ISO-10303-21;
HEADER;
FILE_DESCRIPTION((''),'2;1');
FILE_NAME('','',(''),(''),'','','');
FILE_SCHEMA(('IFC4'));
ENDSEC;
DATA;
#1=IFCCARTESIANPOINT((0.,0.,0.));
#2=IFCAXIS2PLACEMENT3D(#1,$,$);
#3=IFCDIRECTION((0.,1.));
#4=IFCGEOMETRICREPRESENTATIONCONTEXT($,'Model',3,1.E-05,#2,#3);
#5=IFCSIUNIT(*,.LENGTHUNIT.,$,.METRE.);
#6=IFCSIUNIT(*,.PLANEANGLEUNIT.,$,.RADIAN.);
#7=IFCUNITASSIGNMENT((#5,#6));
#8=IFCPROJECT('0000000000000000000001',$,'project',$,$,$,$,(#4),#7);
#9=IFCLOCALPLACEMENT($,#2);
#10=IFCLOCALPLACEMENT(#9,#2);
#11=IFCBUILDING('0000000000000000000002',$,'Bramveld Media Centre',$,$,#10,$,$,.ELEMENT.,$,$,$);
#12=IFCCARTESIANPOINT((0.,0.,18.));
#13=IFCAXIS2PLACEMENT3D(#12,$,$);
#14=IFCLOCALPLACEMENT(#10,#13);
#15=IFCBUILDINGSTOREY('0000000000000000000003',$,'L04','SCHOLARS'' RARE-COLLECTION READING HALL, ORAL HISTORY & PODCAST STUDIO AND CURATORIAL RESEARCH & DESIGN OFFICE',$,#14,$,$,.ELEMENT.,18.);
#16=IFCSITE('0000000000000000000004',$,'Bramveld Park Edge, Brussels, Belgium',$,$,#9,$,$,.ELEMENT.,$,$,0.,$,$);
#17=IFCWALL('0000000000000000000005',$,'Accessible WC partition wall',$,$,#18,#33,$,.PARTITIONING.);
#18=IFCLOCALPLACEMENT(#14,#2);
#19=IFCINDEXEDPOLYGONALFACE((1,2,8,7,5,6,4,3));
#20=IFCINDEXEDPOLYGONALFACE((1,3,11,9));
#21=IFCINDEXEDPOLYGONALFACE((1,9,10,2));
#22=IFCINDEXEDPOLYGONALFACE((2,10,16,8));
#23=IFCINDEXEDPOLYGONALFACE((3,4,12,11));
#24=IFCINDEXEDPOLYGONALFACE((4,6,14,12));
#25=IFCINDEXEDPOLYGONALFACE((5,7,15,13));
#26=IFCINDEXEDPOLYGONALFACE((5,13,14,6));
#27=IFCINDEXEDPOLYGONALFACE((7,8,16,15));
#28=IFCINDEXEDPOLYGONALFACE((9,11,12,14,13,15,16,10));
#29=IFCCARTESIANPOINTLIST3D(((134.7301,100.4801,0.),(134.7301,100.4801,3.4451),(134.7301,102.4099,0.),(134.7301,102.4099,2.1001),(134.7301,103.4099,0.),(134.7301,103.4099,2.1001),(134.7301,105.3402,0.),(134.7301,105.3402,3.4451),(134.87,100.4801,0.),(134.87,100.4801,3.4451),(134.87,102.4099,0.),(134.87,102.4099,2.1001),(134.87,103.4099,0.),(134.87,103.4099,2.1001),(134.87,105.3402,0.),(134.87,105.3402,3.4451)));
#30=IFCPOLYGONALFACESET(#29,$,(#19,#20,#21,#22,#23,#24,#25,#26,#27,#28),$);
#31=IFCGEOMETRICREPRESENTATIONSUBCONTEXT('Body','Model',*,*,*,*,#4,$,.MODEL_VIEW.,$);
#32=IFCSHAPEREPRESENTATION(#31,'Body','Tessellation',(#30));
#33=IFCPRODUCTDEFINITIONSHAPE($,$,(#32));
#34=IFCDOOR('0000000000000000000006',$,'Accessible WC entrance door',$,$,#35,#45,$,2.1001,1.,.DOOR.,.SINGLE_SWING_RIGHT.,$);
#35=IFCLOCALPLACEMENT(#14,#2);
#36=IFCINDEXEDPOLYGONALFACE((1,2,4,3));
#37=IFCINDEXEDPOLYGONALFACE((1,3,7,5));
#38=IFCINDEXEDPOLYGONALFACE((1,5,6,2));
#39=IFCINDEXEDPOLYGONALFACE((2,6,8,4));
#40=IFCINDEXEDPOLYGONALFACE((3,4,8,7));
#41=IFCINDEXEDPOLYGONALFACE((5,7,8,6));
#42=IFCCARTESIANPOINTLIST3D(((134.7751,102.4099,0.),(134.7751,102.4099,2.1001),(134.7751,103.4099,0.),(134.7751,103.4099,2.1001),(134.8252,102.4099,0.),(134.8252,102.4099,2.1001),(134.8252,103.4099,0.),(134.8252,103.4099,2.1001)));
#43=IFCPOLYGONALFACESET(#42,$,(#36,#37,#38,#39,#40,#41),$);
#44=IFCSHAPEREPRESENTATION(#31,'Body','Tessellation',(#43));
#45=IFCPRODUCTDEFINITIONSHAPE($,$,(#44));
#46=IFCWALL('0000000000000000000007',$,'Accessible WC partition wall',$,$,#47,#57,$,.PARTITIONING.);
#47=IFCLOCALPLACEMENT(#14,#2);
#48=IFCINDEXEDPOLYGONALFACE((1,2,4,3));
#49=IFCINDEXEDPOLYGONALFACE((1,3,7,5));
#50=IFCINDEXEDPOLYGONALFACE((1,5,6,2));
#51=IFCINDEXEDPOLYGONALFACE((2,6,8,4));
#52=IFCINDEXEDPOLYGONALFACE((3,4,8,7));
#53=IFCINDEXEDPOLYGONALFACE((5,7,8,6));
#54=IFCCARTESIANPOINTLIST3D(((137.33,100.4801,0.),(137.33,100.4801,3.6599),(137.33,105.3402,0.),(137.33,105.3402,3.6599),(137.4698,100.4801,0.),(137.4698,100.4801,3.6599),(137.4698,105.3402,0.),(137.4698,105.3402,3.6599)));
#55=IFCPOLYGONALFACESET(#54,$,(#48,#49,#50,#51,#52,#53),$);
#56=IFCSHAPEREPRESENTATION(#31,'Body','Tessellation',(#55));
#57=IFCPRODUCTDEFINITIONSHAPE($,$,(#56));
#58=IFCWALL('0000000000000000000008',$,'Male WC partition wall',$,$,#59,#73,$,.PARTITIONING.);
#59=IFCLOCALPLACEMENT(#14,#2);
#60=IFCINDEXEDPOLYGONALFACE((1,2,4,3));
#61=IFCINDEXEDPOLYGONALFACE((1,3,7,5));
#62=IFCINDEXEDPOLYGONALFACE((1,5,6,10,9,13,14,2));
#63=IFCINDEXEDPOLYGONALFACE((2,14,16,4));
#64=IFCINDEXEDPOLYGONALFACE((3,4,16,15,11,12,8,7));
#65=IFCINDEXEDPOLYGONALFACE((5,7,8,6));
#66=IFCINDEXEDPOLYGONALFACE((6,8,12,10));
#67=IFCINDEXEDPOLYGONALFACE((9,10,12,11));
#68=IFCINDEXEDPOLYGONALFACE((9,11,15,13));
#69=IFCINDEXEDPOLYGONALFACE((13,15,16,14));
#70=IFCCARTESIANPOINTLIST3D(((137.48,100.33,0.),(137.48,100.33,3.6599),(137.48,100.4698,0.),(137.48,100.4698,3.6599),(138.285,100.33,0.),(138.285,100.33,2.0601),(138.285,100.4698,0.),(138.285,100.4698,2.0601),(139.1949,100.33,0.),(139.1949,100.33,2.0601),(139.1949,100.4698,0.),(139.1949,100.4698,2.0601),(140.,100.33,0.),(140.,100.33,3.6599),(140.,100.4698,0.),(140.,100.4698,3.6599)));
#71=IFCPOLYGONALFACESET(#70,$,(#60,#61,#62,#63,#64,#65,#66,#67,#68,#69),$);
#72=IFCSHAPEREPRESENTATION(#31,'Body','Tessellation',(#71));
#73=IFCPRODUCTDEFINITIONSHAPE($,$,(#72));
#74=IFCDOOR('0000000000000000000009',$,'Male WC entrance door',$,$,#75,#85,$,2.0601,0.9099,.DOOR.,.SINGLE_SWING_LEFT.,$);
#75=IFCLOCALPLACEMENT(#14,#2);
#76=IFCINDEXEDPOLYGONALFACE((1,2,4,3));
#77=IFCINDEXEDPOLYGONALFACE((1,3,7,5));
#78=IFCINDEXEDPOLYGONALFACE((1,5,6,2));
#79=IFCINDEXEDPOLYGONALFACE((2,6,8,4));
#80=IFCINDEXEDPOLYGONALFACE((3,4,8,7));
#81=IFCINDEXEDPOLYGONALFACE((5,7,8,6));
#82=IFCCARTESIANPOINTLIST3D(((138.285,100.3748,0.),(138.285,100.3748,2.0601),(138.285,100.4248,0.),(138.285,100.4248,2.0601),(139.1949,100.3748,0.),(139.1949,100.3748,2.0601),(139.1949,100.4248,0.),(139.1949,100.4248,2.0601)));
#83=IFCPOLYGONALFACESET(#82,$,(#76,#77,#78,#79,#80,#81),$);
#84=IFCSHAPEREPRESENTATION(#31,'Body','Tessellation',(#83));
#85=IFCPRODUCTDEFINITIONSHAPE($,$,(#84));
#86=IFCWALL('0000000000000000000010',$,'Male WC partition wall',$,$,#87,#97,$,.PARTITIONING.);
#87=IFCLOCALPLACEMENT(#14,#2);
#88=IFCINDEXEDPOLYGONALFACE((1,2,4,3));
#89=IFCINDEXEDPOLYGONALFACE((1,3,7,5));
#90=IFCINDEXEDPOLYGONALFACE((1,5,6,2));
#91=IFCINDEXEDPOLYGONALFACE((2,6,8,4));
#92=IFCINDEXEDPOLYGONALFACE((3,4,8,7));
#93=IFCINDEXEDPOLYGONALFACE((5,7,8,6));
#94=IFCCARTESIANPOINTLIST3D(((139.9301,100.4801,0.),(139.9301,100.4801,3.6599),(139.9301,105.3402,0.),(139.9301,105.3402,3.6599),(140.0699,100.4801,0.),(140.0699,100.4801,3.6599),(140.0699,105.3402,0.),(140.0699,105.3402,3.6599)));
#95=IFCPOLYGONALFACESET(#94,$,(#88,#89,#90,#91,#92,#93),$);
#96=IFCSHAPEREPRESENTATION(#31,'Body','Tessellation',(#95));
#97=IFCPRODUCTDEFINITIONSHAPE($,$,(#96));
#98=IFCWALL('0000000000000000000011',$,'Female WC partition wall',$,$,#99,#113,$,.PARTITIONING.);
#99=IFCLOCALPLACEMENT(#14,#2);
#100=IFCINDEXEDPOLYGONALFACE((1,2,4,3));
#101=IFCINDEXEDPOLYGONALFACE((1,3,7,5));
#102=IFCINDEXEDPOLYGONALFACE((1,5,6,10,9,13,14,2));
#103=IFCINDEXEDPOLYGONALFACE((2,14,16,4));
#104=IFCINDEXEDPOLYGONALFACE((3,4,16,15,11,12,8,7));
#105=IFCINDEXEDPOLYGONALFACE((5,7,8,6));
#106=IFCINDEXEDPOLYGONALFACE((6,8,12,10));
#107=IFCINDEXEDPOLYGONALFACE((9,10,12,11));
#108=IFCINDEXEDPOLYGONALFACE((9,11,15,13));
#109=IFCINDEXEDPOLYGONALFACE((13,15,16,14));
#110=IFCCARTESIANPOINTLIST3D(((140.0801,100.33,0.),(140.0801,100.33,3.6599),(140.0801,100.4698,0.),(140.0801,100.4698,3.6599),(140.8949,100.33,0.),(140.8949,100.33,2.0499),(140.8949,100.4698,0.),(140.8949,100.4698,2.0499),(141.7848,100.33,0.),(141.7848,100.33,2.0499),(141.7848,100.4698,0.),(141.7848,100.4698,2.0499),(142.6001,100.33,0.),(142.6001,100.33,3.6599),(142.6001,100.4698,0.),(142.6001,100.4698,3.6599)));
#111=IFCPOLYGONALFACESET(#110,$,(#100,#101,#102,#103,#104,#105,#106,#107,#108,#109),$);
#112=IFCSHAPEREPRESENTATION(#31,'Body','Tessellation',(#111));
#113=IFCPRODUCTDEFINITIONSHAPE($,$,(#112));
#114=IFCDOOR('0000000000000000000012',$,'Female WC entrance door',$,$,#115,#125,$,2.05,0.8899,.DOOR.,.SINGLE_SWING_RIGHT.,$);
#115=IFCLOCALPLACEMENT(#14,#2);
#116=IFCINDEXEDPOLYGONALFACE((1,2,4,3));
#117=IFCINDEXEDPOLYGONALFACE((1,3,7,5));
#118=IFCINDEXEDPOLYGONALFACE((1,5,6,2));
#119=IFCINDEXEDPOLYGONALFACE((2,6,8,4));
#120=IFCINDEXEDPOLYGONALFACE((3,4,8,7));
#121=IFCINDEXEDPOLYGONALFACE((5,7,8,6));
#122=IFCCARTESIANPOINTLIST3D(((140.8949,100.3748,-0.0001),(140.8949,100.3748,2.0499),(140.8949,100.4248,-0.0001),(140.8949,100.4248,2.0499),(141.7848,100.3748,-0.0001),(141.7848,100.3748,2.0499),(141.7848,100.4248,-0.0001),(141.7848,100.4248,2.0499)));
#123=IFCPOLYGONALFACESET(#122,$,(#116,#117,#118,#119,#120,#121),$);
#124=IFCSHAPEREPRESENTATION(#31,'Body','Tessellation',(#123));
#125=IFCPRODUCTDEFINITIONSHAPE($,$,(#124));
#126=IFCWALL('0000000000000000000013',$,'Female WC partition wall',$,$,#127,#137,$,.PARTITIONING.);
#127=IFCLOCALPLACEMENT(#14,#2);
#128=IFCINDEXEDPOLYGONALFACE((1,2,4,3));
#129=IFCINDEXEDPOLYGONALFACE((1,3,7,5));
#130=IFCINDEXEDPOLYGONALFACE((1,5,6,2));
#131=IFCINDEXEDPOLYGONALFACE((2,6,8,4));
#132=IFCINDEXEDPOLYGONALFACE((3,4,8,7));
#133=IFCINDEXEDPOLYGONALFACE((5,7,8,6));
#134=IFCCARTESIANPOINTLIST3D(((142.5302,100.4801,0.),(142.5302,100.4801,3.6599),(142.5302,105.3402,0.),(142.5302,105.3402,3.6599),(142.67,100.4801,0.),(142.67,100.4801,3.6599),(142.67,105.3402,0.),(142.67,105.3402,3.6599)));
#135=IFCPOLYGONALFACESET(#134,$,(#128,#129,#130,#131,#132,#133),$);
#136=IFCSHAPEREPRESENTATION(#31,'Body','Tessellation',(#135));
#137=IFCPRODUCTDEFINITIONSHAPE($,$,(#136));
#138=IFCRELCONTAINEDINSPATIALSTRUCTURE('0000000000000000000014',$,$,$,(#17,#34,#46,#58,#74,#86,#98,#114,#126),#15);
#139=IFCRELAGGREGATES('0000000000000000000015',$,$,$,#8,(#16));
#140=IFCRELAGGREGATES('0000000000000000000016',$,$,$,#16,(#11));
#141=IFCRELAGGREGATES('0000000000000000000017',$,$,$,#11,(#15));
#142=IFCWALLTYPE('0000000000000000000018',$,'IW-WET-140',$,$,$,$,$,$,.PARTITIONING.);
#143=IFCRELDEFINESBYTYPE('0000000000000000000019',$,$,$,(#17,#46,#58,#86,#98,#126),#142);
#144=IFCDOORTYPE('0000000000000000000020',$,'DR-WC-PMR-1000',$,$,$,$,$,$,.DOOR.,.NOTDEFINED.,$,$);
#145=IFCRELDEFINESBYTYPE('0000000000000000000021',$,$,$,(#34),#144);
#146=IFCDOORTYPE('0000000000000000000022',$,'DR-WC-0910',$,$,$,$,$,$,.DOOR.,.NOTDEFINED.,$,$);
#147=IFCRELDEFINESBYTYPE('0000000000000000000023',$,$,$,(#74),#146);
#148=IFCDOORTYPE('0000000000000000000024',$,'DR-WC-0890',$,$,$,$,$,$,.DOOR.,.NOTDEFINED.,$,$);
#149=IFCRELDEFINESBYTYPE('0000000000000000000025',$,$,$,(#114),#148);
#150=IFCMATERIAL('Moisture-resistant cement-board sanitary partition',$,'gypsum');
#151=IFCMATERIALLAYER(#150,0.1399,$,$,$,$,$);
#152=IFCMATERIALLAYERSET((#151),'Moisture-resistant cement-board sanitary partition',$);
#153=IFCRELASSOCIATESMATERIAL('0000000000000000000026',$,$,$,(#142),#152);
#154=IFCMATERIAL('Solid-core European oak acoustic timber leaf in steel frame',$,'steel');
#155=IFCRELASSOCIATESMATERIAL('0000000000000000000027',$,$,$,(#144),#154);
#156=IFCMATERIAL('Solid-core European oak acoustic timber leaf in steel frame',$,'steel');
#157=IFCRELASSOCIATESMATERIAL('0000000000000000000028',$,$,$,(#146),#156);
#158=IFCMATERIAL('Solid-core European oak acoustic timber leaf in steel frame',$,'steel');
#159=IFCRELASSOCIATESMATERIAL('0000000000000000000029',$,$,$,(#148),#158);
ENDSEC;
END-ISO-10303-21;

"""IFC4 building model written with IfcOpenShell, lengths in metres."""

from ifc_helpers import new_model, si_unit, direction, frame, frame_2d, origin, place, context, subcontext, project, spatial, rectangle, extrude, material, layer, layer_set, type_object, element, fill, save


model = new_model("IFC4")

# Units and contexts
model_context = context("Model", 3, precision=1e-05, world=origin(), true_north=direction((0.0, 1.0)))
body_context = subcontext(model_context, "Body", "Model", "MODEL_VIEW")
ifc_project = project(units=[si_unit("LENGTHUNIT", "METRE"), si_unit("PLANEANGLEUNIT", "RADIAN")], contexts=[model_context])

# Site, building, storey
site_placement = place(None, origin())
site = spatial("IfcSite", under=ifc_project, at=site_placement, Name="Bramveld Park Edge, Brussels, Belgium", CompositionType="ELEMENT", RefElevation=0.0)
building_placement = place(site_placement, origin())
building = spatial("IfcBuilding", under=site, at=building_placement, Name="Bramveld Media Centre", CompositionType="ELEMENT")
storey_placement = place(building_placement, frame((0.0, 0.0, 18.0)))
storey = spatial("IfcBuildingStorey", under=building, at=storey_placement, Name="L04", Description="SCHOLARS' RARE-COLLECTION READING HALL, ORAL HISTORY & PODCAST STUDIO AND CURATORIAL RESEARCH & DESIGN OFFICE", CompositionType="ELEMENT", Elevation=18.0)

# Wall, opening, door
ifc_material_1 = material(Name="Moisture-resistant cement-board sanitary partition", Category="gypsum")
ifc_layer_1 = layer(ifc_material_1, 0.1399)
ifc_layer_set_1 = layer_set([ifc_layer_1], Name="Moisture-resistant cement-board sanitary partition")
wall_type_1 = type_object("IfcWallType", Name="IW-WET-140", PredefinedType="PARTITIONING", material=ifc_layer_set_1)
wall_1_placement = place(storey_placement, frame((134.8, 100.48, 0.0), z_axis=(0.0, 0.0, 1.0), x_axis=(0.0, 1.0, 0.0)))
wall_1 = element("IfcWall", 1, at=wall_1_placement, inside=storey, type_object=wall_type_1, Name="Accessible WC partition wall", PredefinedType="PARTITIONING", context=body_context, shape_type="SweptSolid", body=[
    extrude(rectangle(XDim=4.8601, YDim=0.1399, at=frame_2d((2.4302, 0.0))), origin(), (0.0, 0.0, 1.0), 3.4451),
])
opening_1_placement = place(wall_1_placement, frame((1.9299, 0.0, 0.0)))
opening_1 = element("IfcOpeningElement", 2, at=opening_1_placement, cuts=wall_1, PredefinedType="OPENING", context=body_context, shape_type="SweptSolid", body=[
    extrude(rectangle(XDim=1.0, YDim=2.1001, at=frame_2d((0.5, 1.05))), frame((0.0, 0.082, 0.0), z_axis=(0.0, -1.0, 0.0), x_axis=(1.0, 0.0, 0.0)), (0.0, 0.0, 1.0), 0.1638),
])
ifc_material_2 = material(Name="Solid-core European oak acoustic timber leaf in steel frame", Category="steel")
door_type_1 = type_object("IfcDoorType", Name="DR-WC-PMR-1000", OperationType="NOTDEFINED", PredefinedType="DOOR", material=ifc_material_2)
door_1_placement = place(opening_1_placement, origin())
door_1 = element("IfcDoor", 3, at=door_1_placement, inside=storey, type_object=door_type_1, Name="Accessible WC entrance door", OperationType="SINGLE_SWING_RIGHT", OverallHeight=2.1001, OverallWidth=1.0, PredefinedType="DOOR", context=body_context, shape_type="SweptSolid", body=[
    extrude(rectangle(XDim=1.0, YDim=2.1001, at=frame_2d((0.5, 1.05))), frame((0.0, 0.0249, 0.0), z_axis=(0.0, -1.0, 0.0), x_axis=(1.0, 0.0, 0.0)), (0.0, 0.0, 1.0), 0.05),
])
fill(opening_1, door_1)

# Wall
wall_2_placement = place(storey_placement, frame((137.3999, 100.48, 0.0), z_axis=(0.0, 0.0, 1.0), x_axis=(0.0, 1.0, 0.0)))
element("IfcWall", 4, at=wall_2_placement, inside=storey, type_object=wall_type_1, Name="Accessible WC partition wall", PredefinedType="PARTITIONING", context=body_context, shape_type="SweptSolid", body=[
    extrude(rectangle(XDim=4.8601, YDim=0.1399, at=frame_2d((2.4302, 0.0))), origin(), (0.0, 0.0, 1.0), 3.6599),
])

# Wall, opening, door
wall_3_placement = place(storey_placement, frame((137.48, 100.3999, 0.0), z_axis=(0.0, 0.0, 1.0), x_axis=(1.0, 0.0, 0.0)))
wall_3 = element("IfcWall", 5, at=wall_3_placement, inside=storey, type_object=wall_type_1, Name="Male WC partition wall", PredefinedType="PARTITIONING", context=body_context, shape_type="SweptSolid", body=[
    extrude(rectangle(XDim=2.52, YDim=0.1399, at=frame_2d((1.26, 0.0))), origin(), (0.0, 0.0, 1.0), 3.6599),
])
opening_2_placement = place(wall_3_placement, frame((0.8049, 0.0, 0.0)))
opening_2 = element("IfcOpeningElement", 6, at=opening_2_placement, cuts=wall_3, PredefinedType="OPENING", context=body_context, shape_type="SweptSolid", body=[
    extrude(rectangle(XDim=0.9099, YDim=2.0601, at=frame_2d((0.4551, 1.03))), frame((0.0, 0.082, 0.0), z_axis=(0.0, -1.0, 0.0), x_axis=(1.0, 0.0, 0.0)), (0.0, 0.0, 1.0), 0.1638),
])
ifc_material_3 = material(Name="Solid-core European oak acoustic timber leaf in steel frame", Category="steel")
door_type_2 = type_object("IfcDoorType", Name="DR-WC-0910", OperationType="NOTDEFINED", PredefinedType="DOOR", material=ifc_material_3)
door_2_placement = place(opening_2_placement, origin())
door_2 = element("IfcDoor", 7, at=door_2_placement, inside=storey, type_object=door_type_2, Name="Male WC entrance door", OperationType="SINGLE_SWING_LEFT", OverallHeight=2.0601, OverallWidth=0.9099, PredefinedType="DOOR", context=body_context, shape_type="SweptSolid", body=[
    extrude(rectangle(XDim=0.9099, YDim=2.0601, at=frame_2d((0.4551, 1.03))), frame((0.0, 0.0249, 0.0), z_axis=(0.0, -1.0, 0.0), x_axis=(1.0, 0.0, 0.0)), (0.0, 0.0, 1.0), 0.05),
])
fill(opening_2, door_2)

# Wall
wall_4_placement = place(storey_placement, frame((140.0, 100.48, 0.0), z_axis=(0.0, 0.0, 1.0), x_axis=(0.0, 1.0, 0.0)))
element("IfcWall", 8, at=wall_4_placement, inside=storey, type_object=wall_type_1, Name="Male WC partition wall", PredefinedType="PARTITIONING", context=body_context, shape_type="SweptSolid", body=[
    extrude(rectangle(XDim=4.8601, YDim=0.1399, at=frame_2d((2.4302, 0.0))), origin(), (0.0, 0.0, 1.0), 3.6599),
])

# Wall, opening, door
wall_5_placement = place(storey_placement, frame((140.0801, 100.3999, 0.0), z_axis=(0.0, 0.0, 1.0), x_axis=(1.0, 0.0, 0.0)))
wall_5 = element("IfcWall", 9, at=wall_5_placement, inside=storey, type_object=wall_type_1, Name="Female WC partition wall", PredefinedType="PARTITIONING", context=body_context, shape_type="SweptSolid", body=[
    extrude(rectangle(XDim=2.52, YDim=0.1399, at=frame_2d((1.26, 0.0))), origin(), (0.0, 0.0, 1.0), 3.6599),
])
opening_3_placement = place(wall_5_placement, frame((0.8149, 0.0, 0.0)))
opening_3 = element("IfcOpeningElement", 10, at=opening_3_placement, cuts=wall_5, PredefinedType="OPENING", context=body_context, shape_type="SweptSolid", body=[
    extrude(rectangle(XDim=0.8899, YDim=2.05, at=frame_2d((0.4448, 1.0249))), frame((0.0, 0.082, 0.0), z_axis=(0.0, -1.0, 0.0), x_axis=(1.0, 0.0, 0.0)), (0.0, 0.0, 1.0), 0.1638),
])
ifc_material_4 = material(Name="Solid-core European oak acoustic timber leaf in steel frame", Category="steel")
door_type_3 = type_object("IfcDoorType", Name="DR-WC-0890", OperationType="NOTDEFINED", PredefinedType="DOOR", material=ifc_material_4)
door_3_placement = place(opening_3_placement, origin())
door_3 = element("IfcDoor", 11, at=door_3_placement, inside=storey, type_object=door_type_3, Name="Female WC entrance door", OperationType="SINGLE_SWING_RIGHT", OverallHeight=2.05, OverallWidth=0.8899, PredefinedType="DOOR", context=body_context, shape_type="SweptSolid", body=[
    extrude(rectangle(XDim=0.8899, YDim=2.05, at=frame_2d((0.4448, 1.0249))), frame((0.0, 0.0249, 0.0), z_axis=(0.0, -1.0, 0.0), x_axis=(1.0, 0.0, 0.0)), (0.0, 0.0, 1.0), 0.05),
])
fill(opening_3, door_3)

# Wall
wall_6_placement = place(storey_placement, frame((142.6001, 100.48, 0.0), z_axis=(0.0, 0.0, 1.0), x_axis=(0.0, 1.0, 0.0)))
element("IfcWall", 12, at=wall_6_placement, inside=storey, type_object=wall_type_1, Name="Female WC partition wall", PredefinedType="PARTITIONING", context=body_context, shape_type="SweptSolid", body=[
    extrude(rectangle(XDim=4.8601, YDim=0.1399, at=frame_2d((2.4302, 0.0))), origin(), (0.0, 0.0, 1.0), 3.6599),
])

save(model, "model.ifc")
